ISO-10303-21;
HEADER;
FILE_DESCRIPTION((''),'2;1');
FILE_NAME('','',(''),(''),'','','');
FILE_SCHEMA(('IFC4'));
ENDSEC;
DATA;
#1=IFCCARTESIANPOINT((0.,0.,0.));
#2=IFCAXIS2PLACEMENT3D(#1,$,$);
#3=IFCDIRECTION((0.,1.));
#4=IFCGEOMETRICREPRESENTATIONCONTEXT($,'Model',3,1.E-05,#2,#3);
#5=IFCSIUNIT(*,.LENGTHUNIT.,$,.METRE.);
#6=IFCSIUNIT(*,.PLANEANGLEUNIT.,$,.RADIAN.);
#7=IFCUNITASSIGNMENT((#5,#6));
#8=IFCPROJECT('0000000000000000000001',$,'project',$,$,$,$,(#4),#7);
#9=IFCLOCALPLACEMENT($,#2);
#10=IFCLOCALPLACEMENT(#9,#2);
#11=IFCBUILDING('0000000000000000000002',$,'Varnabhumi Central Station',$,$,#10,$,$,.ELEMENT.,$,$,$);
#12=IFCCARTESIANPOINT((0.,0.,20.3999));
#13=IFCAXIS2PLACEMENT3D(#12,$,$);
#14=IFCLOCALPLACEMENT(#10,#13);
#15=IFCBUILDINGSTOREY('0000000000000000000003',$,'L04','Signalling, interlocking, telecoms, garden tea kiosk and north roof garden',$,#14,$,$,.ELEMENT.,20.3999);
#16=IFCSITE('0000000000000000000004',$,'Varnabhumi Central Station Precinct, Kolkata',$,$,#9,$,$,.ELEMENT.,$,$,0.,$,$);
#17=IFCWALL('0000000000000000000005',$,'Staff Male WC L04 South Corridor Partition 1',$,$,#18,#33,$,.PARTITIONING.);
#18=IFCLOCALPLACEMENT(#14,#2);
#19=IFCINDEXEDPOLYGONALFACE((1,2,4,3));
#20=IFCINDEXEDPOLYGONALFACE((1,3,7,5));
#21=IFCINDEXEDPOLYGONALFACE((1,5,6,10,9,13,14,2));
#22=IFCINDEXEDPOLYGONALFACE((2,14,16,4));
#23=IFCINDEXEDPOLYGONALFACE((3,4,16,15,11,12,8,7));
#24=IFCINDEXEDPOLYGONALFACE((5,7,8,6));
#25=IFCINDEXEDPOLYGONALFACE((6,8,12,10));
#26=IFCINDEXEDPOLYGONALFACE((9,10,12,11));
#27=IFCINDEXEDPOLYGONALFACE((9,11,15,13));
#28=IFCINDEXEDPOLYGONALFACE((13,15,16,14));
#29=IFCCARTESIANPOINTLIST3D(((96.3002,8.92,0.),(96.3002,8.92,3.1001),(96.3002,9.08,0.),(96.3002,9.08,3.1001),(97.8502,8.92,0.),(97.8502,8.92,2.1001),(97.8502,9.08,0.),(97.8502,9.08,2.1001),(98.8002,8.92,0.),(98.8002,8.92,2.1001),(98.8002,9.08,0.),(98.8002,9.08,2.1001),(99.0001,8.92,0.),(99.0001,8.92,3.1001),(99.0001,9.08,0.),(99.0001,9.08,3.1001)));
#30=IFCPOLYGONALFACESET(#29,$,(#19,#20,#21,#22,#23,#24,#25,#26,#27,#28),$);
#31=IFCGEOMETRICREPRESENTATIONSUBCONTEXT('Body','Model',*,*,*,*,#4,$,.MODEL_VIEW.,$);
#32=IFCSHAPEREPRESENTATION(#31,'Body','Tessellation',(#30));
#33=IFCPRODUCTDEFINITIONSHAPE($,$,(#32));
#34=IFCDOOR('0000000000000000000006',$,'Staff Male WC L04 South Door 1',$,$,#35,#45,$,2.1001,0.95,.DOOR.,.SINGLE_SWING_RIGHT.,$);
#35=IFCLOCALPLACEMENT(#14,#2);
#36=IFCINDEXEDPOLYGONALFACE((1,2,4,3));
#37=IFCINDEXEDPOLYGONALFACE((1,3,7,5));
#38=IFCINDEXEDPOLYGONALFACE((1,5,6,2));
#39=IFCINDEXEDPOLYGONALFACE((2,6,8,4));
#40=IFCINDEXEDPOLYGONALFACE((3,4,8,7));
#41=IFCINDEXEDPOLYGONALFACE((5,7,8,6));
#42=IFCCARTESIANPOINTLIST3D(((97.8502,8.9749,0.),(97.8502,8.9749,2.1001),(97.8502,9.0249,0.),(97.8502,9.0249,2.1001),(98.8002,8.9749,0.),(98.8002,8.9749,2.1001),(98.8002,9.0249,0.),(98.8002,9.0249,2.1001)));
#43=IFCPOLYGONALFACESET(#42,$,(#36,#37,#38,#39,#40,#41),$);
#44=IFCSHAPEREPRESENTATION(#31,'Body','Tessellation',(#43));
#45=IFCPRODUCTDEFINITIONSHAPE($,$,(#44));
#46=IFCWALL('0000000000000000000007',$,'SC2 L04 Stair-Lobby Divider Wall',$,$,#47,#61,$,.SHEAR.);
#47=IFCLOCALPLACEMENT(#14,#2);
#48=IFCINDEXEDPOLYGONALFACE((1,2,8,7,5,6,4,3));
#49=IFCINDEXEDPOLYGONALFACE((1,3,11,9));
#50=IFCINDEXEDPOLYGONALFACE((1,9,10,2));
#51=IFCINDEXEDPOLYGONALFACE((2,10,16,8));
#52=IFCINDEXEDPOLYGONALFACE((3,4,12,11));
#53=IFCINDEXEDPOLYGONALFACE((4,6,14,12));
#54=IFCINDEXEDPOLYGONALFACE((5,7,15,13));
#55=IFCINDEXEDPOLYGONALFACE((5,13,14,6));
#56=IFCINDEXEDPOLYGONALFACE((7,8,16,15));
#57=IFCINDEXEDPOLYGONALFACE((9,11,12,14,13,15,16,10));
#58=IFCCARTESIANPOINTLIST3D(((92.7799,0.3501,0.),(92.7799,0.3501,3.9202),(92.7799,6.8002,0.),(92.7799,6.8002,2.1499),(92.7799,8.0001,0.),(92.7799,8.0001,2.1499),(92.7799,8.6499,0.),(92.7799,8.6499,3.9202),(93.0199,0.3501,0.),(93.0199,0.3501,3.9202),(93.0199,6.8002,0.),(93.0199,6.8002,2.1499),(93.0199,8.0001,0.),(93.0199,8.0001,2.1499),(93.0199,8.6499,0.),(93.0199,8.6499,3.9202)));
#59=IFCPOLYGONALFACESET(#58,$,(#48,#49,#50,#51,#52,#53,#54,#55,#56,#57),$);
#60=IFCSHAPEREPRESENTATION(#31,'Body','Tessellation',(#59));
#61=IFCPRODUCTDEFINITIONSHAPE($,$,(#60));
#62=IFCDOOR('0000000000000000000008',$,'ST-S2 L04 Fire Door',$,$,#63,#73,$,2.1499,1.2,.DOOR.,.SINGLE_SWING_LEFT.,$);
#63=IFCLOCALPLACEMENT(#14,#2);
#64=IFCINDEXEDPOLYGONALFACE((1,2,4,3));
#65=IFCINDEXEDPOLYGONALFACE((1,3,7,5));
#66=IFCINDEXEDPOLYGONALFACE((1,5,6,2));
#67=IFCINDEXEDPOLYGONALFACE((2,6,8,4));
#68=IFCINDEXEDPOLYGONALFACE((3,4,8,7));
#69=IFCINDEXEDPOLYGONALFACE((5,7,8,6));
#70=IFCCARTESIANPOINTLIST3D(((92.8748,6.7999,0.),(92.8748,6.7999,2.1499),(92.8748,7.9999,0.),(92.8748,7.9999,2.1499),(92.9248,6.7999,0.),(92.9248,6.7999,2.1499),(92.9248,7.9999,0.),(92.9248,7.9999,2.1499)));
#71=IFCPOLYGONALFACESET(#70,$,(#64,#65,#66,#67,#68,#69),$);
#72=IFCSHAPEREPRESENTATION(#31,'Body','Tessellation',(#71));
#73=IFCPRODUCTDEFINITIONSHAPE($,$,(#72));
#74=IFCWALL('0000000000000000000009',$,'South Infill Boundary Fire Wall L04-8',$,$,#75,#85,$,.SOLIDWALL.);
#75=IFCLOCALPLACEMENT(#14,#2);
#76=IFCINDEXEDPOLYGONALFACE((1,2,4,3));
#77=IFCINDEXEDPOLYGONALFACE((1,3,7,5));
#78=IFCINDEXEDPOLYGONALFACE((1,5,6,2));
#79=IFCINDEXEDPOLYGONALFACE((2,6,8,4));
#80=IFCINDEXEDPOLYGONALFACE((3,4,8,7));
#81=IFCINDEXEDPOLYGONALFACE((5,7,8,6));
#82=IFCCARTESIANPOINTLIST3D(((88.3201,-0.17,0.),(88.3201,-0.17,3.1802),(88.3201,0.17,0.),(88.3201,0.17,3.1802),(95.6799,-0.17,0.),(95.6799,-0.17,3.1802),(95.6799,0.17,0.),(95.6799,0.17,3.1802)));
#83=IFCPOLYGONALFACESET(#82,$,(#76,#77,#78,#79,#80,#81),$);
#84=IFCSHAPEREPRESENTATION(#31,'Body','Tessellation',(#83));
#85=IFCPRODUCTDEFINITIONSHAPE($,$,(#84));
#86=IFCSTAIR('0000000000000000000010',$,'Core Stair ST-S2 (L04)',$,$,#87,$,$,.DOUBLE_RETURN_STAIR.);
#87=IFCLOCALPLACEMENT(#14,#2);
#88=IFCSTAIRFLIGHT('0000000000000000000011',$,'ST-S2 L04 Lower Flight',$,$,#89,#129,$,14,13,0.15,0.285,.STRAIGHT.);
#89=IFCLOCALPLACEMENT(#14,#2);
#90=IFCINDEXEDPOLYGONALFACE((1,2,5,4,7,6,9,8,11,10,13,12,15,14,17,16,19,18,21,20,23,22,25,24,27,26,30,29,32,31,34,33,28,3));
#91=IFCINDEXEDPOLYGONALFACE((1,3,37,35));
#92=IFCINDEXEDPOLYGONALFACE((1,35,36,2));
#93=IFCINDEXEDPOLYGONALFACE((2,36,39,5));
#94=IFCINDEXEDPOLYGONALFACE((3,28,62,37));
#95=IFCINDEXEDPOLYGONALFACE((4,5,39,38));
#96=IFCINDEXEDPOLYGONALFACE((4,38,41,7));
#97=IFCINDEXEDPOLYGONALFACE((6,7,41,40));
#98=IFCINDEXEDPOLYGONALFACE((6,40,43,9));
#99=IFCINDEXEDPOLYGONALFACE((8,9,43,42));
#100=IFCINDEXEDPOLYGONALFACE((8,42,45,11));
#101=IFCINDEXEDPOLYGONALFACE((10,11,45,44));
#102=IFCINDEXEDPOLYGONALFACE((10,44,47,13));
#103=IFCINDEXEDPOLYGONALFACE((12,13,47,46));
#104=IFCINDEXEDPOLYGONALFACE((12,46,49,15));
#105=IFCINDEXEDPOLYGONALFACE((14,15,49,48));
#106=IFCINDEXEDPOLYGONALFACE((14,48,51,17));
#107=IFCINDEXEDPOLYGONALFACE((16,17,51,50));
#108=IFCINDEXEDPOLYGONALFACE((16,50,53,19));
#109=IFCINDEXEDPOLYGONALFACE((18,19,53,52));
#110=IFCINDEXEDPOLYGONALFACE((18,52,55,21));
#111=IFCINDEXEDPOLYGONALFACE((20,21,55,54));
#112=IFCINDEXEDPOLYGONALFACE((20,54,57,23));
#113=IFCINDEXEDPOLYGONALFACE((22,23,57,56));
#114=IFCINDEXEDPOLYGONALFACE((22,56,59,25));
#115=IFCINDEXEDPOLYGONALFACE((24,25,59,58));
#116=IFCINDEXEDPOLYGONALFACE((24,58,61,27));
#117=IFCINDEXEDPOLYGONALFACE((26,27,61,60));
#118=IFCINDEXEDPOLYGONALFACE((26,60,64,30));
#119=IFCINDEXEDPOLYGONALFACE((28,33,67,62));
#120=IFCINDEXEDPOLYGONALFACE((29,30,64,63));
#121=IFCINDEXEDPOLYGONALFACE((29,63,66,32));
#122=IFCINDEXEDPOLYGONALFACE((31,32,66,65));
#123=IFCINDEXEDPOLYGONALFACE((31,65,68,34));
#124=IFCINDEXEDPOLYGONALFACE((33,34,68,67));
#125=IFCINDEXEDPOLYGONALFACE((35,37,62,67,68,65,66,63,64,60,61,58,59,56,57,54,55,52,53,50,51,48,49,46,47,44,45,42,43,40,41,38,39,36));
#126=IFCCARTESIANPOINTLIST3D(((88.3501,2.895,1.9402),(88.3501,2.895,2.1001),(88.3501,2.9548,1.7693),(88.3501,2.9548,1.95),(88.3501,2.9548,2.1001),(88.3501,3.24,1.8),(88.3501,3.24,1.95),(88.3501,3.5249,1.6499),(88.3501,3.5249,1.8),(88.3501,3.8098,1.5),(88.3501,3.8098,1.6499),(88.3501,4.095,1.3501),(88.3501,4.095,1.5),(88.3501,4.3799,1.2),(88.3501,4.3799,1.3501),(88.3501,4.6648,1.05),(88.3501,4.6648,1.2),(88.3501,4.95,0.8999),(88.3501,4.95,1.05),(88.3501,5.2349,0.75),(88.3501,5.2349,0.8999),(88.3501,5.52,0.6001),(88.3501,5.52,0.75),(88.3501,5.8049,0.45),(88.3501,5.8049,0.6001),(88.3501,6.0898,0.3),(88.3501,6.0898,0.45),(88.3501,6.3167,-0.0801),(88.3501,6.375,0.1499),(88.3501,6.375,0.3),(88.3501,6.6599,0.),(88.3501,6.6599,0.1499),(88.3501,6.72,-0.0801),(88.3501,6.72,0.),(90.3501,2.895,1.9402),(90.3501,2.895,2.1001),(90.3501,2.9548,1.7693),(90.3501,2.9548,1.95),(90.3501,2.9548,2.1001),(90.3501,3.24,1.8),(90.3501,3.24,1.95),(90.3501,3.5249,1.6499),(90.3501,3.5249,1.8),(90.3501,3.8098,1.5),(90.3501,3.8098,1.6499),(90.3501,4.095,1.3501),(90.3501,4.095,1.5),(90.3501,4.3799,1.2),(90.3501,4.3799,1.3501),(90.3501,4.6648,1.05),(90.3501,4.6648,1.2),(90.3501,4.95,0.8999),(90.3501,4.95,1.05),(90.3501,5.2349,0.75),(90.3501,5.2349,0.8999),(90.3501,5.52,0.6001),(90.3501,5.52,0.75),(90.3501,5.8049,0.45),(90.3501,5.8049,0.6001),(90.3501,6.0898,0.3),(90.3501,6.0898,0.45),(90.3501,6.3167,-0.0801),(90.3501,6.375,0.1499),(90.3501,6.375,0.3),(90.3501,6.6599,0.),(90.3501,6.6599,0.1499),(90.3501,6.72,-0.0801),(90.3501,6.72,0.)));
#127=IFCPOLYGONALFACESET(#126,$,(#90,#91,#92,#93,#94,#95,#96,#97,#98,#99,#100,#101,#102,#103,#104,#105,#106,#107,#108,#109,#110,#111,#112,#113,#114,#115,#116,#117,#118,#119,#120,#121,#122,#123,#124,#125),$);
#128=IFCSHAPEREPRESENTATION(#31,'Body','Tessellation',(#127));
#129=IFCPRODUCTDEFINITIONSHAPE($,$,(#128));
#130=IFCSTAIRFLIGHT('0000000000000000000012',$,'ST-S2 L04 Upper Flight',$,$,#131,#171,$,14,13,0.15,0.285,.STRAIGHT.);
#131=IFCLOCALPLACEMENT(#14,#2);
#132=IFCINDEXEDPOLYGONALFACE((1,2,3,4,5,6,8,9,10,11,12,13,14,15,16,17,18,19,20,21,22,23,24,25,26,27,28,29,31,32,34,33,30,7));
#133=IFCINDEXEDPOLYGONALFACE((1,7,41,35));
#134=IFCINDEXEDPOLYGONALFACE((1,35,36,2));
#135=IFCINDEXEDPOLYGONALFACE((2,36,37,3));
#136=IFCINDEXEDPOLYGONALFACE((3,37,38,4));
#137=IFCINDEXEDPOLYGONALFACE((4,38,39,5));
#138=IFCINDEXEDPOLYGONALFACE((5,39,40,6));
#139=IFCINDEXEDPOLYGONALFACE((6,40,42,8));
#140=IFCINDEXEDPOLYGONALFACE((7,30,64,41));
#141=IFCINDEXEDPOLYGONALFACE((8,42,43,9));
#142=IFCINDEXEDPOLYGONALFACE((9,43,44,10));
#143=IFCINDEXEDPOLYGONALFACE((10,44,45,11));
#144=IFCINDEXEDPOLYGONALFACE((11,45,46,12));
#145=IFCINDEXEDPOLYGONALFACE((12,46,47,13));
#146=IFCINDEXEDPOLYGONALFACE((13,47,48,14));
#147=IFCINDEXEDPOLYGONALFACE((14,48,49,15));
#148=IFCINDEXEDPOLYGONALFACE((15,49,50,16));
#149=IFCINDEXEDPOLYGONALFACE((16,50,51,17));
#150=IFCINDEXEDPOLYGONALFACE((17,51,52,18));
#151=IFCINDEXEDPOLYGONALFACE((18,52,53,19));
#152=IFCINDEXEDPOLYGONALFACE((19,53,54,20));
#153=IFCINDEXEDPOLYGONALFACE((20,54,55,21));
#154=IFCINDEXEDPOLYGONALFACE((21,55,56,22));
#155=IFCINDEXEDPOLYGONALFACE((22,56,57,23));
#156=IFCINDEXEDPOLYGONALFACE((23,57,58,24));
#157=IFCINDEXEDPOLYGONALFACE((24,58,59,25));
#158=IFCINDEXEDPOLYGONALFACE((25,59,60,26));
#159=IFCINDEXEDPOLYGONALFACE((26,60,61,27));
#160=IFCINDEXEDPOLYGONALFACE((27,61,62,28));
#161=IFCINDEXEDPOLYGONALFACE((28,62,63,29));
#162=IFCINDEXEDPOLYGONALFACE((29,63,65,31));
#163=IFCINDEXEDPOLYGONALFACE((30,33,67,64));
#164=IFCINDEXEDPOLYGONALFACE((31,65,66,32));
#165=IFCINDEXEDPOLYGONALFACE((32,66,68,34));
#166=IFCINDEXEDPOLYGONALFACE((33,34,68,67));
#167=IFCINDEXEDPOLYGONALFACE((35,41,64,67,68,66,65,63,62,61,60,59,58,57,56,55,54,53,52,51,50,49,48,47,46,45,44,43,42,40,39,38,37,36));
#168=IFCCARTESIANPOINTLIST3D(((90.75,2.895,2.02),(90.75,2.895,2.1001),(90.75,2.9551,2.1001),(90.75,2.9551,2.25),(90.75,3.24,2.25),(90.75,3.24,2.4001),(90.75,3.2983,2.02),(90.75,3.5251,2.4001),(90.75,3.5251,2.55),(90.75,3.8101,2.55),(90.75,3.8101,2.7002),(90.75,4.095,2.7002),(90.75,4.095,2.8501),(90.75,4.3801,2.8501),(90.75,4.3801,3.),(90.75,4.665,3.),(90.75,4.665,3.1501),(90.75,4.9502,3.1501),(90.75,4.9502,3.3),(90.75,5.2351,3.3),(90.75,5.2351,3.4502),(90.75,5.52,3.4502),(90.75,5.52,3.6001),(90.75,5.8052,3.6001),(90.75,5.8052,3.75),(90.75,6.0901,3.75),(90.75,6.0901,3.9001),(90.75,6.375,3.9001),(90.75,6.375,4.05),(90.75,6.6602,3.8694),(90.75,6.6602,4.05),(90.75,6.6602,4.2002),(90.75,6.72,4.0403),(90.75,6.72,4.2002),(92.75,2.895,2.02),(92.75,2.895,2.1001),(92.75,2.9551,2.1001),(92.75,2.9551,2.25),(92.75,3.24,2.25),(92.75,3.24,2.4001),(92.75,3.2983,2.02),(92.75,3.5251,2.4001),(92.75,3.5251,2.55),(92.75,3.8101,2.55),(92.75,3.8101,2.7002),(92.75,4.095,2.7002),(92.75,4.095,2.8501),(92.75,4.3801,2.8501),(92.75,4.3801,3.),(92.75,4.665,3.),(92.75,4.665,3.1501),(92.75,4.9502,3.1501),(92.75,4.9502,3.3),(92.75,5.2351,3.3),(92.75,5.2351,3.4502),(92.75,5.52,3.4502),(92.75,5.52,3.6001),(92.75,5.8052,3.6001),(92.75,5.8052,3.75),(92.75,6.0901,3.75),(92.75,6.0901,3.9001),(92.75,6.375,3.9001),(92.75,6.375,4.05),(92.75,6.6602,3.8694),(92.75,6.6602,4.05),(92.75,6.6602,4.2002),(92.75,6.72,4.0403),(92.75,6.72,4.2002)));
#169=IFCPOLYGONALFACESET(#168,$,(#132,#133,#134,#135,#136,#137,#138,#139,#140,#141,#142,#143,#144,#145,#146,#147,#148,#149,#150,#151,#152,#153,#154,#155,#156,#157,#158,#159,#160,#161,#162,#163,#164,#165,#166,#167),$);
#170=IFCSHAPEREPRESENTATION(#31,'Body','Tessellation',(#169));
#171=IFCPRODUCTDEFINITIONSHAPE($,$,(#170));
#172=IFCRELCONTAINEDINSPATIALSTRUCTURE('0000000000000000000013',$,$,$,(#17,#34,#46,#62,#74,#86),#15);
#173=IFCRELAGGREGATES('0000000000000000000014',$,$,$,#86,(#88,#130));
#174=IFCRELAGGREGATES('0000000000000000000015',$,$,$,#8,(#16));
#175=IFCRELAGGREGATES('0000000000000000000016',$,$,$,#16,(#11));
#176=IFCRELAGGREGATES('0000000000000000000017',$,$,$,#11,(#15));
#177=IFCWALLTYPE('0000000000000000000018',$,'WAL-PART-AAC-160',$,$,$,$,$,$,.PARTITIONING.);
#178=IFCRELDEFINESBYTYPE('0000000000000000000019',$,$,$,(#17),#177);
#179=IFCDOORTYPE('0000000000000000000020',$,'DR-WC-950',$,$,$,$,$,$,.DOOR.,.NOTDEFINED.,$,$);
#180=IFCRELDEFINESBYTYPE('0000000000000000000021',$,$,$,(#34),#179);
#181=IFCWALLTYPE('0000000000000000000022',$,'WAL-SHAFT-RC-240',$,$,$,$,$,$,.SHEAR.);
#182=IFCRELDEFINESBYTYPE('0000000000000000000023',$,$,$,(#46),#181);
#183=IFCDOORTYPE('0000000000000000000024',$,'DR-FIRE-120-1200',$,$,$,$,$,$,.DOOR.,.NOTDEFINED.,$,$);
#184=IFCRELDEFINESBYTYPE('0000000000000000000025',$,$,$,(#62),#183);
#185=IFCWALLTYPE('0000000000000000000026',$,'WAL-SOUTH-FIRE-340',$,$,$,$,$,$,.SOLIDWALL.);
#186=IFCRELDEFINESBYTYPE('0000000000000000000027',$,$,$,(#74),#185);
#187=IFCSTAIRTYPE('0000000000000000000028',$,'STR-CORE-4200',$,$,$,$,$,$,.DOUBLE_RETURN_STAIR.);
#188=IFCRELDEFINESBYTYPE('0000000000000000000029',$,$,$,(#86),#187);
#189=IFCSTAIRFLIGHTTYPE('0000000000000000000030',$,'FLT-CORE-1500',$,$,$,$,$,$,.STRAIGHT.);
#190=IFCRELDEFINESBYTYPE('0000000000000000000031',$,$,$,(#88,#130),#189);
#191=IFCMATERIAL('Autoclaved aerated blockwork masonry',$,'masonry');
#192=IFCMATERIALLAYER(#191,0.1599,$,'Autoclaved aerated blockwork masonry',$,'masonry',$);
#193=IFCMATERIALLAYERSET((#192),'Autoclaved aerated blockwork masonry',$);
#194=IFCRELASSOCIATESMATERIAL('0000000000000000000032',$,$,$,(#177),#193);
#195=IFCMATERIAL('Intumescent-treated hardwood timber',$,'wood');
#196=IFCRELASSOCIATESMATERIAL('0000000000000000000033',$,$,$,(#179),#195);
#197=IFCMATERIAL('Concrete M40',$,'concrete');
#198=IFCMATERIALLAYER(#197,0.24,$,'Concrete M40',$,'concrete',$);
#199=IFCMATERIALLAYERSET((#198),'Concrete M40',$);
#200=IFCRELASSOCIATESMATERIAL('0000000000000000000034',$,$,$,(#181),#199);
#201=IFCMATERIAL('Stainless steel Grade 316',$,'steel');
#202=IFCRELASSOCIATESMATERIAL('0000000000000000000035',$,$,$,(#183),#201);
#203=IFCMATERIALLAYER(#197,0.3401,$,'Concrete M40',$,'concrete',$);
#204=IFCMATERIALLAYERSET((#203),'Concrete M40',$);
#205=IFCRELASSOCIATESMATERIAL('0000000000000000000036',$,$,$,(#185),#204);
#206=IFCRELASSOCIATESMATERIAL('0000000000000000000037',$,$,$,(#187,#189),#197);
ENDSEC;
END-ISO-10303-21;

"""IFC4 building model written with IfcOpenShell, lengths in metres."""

from ifc_helpers import new_model, si_unit, direction, frame, frame_2d, origin, place, context, subcontext, project, spatial, polyline, rectangle, outline, extrude, material, layer, layer_set, type_object, element, fill, aggregate, save


model = new_model("IFC4")

# Units and contexts
model_context = context("Model", 3, precision=1e-05, world=origin(), true_north=direction((0.0, 1.0)))
body_context = subcontext(model_context, "Body", "Model", "MODEL_VIEW")
ifc_project = project(units=[si_unit("LENGTHUNIT", "METRE"), si_unit("PLANEANGLEUNIT", "RADIAN")], contexts=[model_context])

# Site, building, storey
site_placement = place(None, origin())
site = spatial("IfcSite", under=ifc_project, at=site_placement, Name="Varnabhumi Central Station Precinct, Kolkata", CompositionType="ELEMENT", RefElevation=0.0)
building_placement = place(site_placement, origin())
building = spatial("IfcBuilding", under=site, at=building_placement, Name="Varnabhumi Central Station", CompositionType="ELEMENT")
storey_placement = place(building_placement, frame((0.0, 0.0, 20.3999)))
storey = spatial("IfcBuildingStorey", under=building, at=storey_placement, Name="L04", Description="Signalling, interlocking, telecoms, garden tea kiosk and north roof garden", CompositionType="ELEMENT", Elevation=20.3999)

# Shared definitions
ifc_material_1 = material(Name="Concrete M40", Category="concrete")

# Walls, openings, doors
ifc_material_2 = material(Name="Autoclaved aerated blockwork masonry", Category="masonry")
ifc_layer_1 = layer(ifc_material_2, 0.1599, Name="Autoclaved aerated blockwork masonry", Category="masonry")
ifc_layer_set_1 = layer_set([ifc_layer_1], Name="Autoclaved aerated blockwork masonry")
wall_type_1 = type_object("IfcWallType", Name="WAL-PART-AAC-160", PredefinedType="PARTITIONING", material=ifc_layer_set_1)
wall_1_placement = place(storey_placement, frame((96.3, 9.0, 0.0), z_axis=(0.0, 0.0, 1.0), x_axis=(1.0, 0.0, 0.0)))
wall_1 = element("IfcWall", 1, at=wall_1_placement, inside=storey, type_object=wall_type_1, Name="Staff Male WC L04 South Corridor Partition 1", PredefinedType="PARTITIONING", context=body_context, shape_type="SweptSolid", body=[
    extrude(rectangle(XDim=2.7, YDim=0.1599, at=frame_2d((1.3501, 0.0))), origin(), (0.0, 0.0, 1.0), 3.1001),
])
opening_1_placement = place(wall_1_placement, frame((1.55, 0.0, 0.0)))
opening_1 = element("IfcOpeningElement", 2, at=opening_1_placement, cuts=wall_1, PredefinedType="OPENING", context=body_context, shape_type="SweptSolid", body=[
    extrude(rectangle(XDim=0.95, YDim=2.1001, at=frame_2d((0.4751, 1.05))), frame((0.0, 0.0898, 0.0), z_axis=(0.0, -1.0, 0.0), x_axis=(1.0, 0.0, 0.0)), (0.0, 0.0, 1.0), 0.1799),
])
ifc_material_3 = material(Name="Intumescent-treated hardwood timber", Category="wood")
door_type_1 = type_object("IfcDoorType", Name="DR-WC-950", OperationType="NOTDEFINED", PredefinedType="DOOR", material=ifc_material_3)
door_1_placement = place(opening_1_placement, origin())
door_1 = element("IfcDoor", 3, at=door_1_placement, inside=storey, type_object=door_type_1, Name="Staff Male WC L04 South Door 1", OperationType="SINGLE_SWING_RIGHT", OverallHeight=2.1001, OverallWidth=0.95, PredefinedType="DOOR", context=body_context, shape_type="SweptSolid", body=[
    extrude(rectangle(XDim=0.95, YDim=2.1001, at=frame_2d((0.4751, 1.05))), frame((0.0, 0.0249, 0.0), z_axis=(0.0, -1.0, 0.0), x_axis=(1.0, 0.0, 0.0)), (0.0, 0.0, 1.0), 0.05),
])
fill(opening_1, door_1)
ifc_layer_2 = layer(ifc_material_1, 0.24, Name="Concrete M40", Category="concrete")
ifc_layer_set_2 = layer_set([ifc_layer_2], Name="Concrete M40")
wall_type_2 = type_object("IfcWallType", Name="WAL-SHAFT-RC-240", PredefinedType="SHEAR", material=ifc_layer_set_2)
wall_2_placement = place(storey_placement, frame((92.8999, 0.3501, 0.0), z_axis=(0.0, 0.0, 1.0), x_axis=(0.0, 1.0, 0.0)))
wall_2 = element("IfcWall", 4, at=wall_2_placement, inside=storey, type_object=wall_type_2, Name="SC2 L04 Stair-Lobby Divider Wall", PredefinedType="SHEAR", context=body_context, shape_type="SweptSolid", body=[
    extrude(rectangle(XDim=8.2998, YDim=0.24, at=frame_2d((4.1499, 0.0))), origin(), (0.0, 0.0, 1.0), 3.9202),
])
opening_2_placement = place(wall_2_placement, frame((6.45, 0.0, 0.0)))
opening_2 = element("IfcOpeningElement", 5, at=opening_2_placement, cuts=wall_2, PredefinedType="OPENING", context=body_context, shape_type="SweptSolid", body=[
    extrude(rectangle(XDim=1.2, YDim=2.1499, at=frame_2d((0.6001, 1.075))), frame((0.0, 0.1299, 0.0), z_axis=(0.0, -1.0, 0.0), x_axis=(1.0, 0.0, 0.0)), (0.0, 0.0, 1.0), 0.26),
])
ifc_material_4 = material(Name="Stainless steel Grade 316", Category="steel")
door_type_2 = type_object("IfcDoorType", Name="DR-FIRE-120-1200", OperationType="NOTDEFINED", PredefinedType="DOOR", material=ifc_material_4)
door_2_placement = place(opening_2_placement, frame((1.2, 0.0, 0.0), z_axis=(0.0, 0.0, 1.0), x_axis=(-1.0, 0.0, 0.0)))
door_2 = element("IfcDoor", 6, at=door_2_placement, inside=storey, type_object=door_type_2, Name="ST-S2 L04 Fire Door", OperationType="SINGLE_SWING_LEFT", OverallHeight=2.1499, OverallWidth=1.2, PredefinedType="DOOR", context=body_context, shape_type="SweptSolid", body=[
    extrude(rectangle(XDim=1.2, YDim=2.1499, at=frame_2d((0.6001, 1.075))), frame((0.0, 0.0249, 0.0), z_axis=(0.0, -1.0, 0.0), x_axis=(1.0, 0.0, 0.0)), (0.0, 0.0, 1.0), 0.05),
])
fill(opening_2, door_2)

# Wall
ifc_layer_3 = layer(ifc_material_1, 0.3401, Name="Concrete M40", Category="concrete")
ifc_layer_set_3 = layer_set([ifc_layer_3], Name="Concrete M40")
wall_type_3 = type_object("IfcWallType", Name="WAL-SOUTH-FIRE-340", PredefinedType="SOLIDWALL", material=ifc_layer_set_3)
wall_3_placement = place(storey_placement, frame((88.3201, 0.0, 0.0), z_axis=(0.0, 0.0, 1.0), x_axis=(1.0, 0.0, 0.0)))
element("IfcWall", 7, at=wall_3_placement, inside=storey, type_object=wall_type_3, Name="South Infill Boundary Fire Wall L04-8", PredefinedType="SOLIDWALL", context=body_context, shape_type="SweptSolid", body=[
    extrude(rectangle(XDim=7.3599, YDim=0.3401, at=frame_2d((3.6799, 0.0))), origin(), (0.0, 0.0, 1.0), 3.1802),
])

# Stair, stair flights
stair_type = type_object("IfcStairType", Name="STR-CORE-4200", PredefinedType="DOUBLE_RETURN_STAIR", material=ifc_material_1)
stair_placement = place(storey_placement, origin())
stair = element("IfcStair", 8, at=stair_placement, inside=storey, type_object=stair_type, Name="Core Stair ST-S2 (L04)", PredefinedType="DOUBLE_RETURN_STAIR")
stair_flight_type = type_object("IfcStairFlightType", Name="FLT-CORE-1500", PredefinedType="STRAIGHT", material=ifc_material_1)
stair_flight_1_placement = place(storey_placement, frame((89.3501, 6.6599, 0.0), z_axis=(0.0, 0.0, 1.0), x_axis=(0.0, -1.0, 0.0)))
stair_flight_1 = element("IfcStairFlight", 9, at=stair_flight_1_placement, type_object=stair_flight_type, Name="ST-S2 L04 Lower Flight", NumberOfRisers=14, NumberOfTreads=13, PredefinedType="STRAIGHT", RiserHeight=0.15, TreadLength=0.285, context=body_context, shape_type="SweptSolid", body=[
    extrude(outline(polyline([(-0.0601, -0.0801), (-0.0601, 0.0), (0.0, 0.0), (0.0, 0.1499), (0.2849, 0.1499), (0.2849, 0.3), (0.5701, 0.3), (0.5701, 0.45), (0.855, 0.45), (0.855, 0.6001), (1.1399, 0.6001), (1.1399, 0.75), (1.425, 0.75), (1.425, 0.8999), (1.71, 0.8999), (1.71, 1.05), (1.9951, 1.05), (1.9951, 1.2), (2.28, 1.2), (2.28, 1.3501), (2.5649, 1.3501), (2.5649, 1.5), (2.8501, 1.5), (2.8501, 1.6499), (3.135, 1.6499), (3.135, 1.8), (3.4199, 1.8), (3.4199, 1.95), (3.7051, 1.95), (3.7051, 2.1001), (3.7649, 2.1001), (3.7649, 1.9402), (3.7051, 1.7693), (0.3433, -0.0801), (-0.0601, -0.0801)])), frame((0.0, 1.0, 0.0), z_axis=(0.0, -1.0, 0.0), x_axis=(1.0, 0.0, 0.0)), (0.0, 0.0, 1.0), 2.0),
])
stair_flight_2_placement = place(storey_placement, frame((91.75, 2.9551, 2.1001), z_axis=(0.0, 0.0, 1.0), x_axis=(0.0, 1.0, 0.0)))
stair_flight_2 = element("IfcStairFlight", 10, at=stair_flight_2_placement, type_object=stair_flight_type, Name="ST-S2 L04 Upper Flight", NumberOfRisers=14, NumberOfTreads=13, PredefinedType="STRAIGHT", RiserHeight=0.15, TreadLength=0.285, context=body_context, shape_type="SweptSolid", body=[
    extrude(outline(polyline([(-0.0601, -0.0801), (-0.0601, 0.0), (0.0, 0.0), (0.0, 0.1499), (0.2849, 0.1499), (0.2849, 0.3), (0.5701, 0.3), (0.5701, 0.45), (0.855, 0.45), (0.855, 0.6001), (1.1399, 0.6001), (1.1399, 0.75), (1.425, 0.75), (1.425, 0.8999), (1.71, 0.8999), (1.71, 1.05), (1.9951, 1.05), (1.9951, 1.2), (2.28, 1.2), (2.28, 1.3501), (2.5649, 1.3501), (2.5649, 1.5), (2.8501, 1.5), (2.8501, 1.6499), (3.135, 1.6499), (3.135, 1.8), (3.4199, 1.8), (3.4199, 1.95), (3.7051, 1.95), (3.7051, 2.1001), (3.7649, 2.1001), (3.7649, 1.9402), (3.7051, 1.7693), (0.3433, -0.0801), (-0.0601, -0.0801)])), frame((0.0, 1.0, 0.0), z_axis=(0.0, -1.0, 0.0), x_axis=(1.0, 0.0, 0.0)), (0.0, 0.0, 1.0), 2.0),
])
aggregate(stair, [stair_flight_1, stair_flight_2])

save(model, "model.ifc")
